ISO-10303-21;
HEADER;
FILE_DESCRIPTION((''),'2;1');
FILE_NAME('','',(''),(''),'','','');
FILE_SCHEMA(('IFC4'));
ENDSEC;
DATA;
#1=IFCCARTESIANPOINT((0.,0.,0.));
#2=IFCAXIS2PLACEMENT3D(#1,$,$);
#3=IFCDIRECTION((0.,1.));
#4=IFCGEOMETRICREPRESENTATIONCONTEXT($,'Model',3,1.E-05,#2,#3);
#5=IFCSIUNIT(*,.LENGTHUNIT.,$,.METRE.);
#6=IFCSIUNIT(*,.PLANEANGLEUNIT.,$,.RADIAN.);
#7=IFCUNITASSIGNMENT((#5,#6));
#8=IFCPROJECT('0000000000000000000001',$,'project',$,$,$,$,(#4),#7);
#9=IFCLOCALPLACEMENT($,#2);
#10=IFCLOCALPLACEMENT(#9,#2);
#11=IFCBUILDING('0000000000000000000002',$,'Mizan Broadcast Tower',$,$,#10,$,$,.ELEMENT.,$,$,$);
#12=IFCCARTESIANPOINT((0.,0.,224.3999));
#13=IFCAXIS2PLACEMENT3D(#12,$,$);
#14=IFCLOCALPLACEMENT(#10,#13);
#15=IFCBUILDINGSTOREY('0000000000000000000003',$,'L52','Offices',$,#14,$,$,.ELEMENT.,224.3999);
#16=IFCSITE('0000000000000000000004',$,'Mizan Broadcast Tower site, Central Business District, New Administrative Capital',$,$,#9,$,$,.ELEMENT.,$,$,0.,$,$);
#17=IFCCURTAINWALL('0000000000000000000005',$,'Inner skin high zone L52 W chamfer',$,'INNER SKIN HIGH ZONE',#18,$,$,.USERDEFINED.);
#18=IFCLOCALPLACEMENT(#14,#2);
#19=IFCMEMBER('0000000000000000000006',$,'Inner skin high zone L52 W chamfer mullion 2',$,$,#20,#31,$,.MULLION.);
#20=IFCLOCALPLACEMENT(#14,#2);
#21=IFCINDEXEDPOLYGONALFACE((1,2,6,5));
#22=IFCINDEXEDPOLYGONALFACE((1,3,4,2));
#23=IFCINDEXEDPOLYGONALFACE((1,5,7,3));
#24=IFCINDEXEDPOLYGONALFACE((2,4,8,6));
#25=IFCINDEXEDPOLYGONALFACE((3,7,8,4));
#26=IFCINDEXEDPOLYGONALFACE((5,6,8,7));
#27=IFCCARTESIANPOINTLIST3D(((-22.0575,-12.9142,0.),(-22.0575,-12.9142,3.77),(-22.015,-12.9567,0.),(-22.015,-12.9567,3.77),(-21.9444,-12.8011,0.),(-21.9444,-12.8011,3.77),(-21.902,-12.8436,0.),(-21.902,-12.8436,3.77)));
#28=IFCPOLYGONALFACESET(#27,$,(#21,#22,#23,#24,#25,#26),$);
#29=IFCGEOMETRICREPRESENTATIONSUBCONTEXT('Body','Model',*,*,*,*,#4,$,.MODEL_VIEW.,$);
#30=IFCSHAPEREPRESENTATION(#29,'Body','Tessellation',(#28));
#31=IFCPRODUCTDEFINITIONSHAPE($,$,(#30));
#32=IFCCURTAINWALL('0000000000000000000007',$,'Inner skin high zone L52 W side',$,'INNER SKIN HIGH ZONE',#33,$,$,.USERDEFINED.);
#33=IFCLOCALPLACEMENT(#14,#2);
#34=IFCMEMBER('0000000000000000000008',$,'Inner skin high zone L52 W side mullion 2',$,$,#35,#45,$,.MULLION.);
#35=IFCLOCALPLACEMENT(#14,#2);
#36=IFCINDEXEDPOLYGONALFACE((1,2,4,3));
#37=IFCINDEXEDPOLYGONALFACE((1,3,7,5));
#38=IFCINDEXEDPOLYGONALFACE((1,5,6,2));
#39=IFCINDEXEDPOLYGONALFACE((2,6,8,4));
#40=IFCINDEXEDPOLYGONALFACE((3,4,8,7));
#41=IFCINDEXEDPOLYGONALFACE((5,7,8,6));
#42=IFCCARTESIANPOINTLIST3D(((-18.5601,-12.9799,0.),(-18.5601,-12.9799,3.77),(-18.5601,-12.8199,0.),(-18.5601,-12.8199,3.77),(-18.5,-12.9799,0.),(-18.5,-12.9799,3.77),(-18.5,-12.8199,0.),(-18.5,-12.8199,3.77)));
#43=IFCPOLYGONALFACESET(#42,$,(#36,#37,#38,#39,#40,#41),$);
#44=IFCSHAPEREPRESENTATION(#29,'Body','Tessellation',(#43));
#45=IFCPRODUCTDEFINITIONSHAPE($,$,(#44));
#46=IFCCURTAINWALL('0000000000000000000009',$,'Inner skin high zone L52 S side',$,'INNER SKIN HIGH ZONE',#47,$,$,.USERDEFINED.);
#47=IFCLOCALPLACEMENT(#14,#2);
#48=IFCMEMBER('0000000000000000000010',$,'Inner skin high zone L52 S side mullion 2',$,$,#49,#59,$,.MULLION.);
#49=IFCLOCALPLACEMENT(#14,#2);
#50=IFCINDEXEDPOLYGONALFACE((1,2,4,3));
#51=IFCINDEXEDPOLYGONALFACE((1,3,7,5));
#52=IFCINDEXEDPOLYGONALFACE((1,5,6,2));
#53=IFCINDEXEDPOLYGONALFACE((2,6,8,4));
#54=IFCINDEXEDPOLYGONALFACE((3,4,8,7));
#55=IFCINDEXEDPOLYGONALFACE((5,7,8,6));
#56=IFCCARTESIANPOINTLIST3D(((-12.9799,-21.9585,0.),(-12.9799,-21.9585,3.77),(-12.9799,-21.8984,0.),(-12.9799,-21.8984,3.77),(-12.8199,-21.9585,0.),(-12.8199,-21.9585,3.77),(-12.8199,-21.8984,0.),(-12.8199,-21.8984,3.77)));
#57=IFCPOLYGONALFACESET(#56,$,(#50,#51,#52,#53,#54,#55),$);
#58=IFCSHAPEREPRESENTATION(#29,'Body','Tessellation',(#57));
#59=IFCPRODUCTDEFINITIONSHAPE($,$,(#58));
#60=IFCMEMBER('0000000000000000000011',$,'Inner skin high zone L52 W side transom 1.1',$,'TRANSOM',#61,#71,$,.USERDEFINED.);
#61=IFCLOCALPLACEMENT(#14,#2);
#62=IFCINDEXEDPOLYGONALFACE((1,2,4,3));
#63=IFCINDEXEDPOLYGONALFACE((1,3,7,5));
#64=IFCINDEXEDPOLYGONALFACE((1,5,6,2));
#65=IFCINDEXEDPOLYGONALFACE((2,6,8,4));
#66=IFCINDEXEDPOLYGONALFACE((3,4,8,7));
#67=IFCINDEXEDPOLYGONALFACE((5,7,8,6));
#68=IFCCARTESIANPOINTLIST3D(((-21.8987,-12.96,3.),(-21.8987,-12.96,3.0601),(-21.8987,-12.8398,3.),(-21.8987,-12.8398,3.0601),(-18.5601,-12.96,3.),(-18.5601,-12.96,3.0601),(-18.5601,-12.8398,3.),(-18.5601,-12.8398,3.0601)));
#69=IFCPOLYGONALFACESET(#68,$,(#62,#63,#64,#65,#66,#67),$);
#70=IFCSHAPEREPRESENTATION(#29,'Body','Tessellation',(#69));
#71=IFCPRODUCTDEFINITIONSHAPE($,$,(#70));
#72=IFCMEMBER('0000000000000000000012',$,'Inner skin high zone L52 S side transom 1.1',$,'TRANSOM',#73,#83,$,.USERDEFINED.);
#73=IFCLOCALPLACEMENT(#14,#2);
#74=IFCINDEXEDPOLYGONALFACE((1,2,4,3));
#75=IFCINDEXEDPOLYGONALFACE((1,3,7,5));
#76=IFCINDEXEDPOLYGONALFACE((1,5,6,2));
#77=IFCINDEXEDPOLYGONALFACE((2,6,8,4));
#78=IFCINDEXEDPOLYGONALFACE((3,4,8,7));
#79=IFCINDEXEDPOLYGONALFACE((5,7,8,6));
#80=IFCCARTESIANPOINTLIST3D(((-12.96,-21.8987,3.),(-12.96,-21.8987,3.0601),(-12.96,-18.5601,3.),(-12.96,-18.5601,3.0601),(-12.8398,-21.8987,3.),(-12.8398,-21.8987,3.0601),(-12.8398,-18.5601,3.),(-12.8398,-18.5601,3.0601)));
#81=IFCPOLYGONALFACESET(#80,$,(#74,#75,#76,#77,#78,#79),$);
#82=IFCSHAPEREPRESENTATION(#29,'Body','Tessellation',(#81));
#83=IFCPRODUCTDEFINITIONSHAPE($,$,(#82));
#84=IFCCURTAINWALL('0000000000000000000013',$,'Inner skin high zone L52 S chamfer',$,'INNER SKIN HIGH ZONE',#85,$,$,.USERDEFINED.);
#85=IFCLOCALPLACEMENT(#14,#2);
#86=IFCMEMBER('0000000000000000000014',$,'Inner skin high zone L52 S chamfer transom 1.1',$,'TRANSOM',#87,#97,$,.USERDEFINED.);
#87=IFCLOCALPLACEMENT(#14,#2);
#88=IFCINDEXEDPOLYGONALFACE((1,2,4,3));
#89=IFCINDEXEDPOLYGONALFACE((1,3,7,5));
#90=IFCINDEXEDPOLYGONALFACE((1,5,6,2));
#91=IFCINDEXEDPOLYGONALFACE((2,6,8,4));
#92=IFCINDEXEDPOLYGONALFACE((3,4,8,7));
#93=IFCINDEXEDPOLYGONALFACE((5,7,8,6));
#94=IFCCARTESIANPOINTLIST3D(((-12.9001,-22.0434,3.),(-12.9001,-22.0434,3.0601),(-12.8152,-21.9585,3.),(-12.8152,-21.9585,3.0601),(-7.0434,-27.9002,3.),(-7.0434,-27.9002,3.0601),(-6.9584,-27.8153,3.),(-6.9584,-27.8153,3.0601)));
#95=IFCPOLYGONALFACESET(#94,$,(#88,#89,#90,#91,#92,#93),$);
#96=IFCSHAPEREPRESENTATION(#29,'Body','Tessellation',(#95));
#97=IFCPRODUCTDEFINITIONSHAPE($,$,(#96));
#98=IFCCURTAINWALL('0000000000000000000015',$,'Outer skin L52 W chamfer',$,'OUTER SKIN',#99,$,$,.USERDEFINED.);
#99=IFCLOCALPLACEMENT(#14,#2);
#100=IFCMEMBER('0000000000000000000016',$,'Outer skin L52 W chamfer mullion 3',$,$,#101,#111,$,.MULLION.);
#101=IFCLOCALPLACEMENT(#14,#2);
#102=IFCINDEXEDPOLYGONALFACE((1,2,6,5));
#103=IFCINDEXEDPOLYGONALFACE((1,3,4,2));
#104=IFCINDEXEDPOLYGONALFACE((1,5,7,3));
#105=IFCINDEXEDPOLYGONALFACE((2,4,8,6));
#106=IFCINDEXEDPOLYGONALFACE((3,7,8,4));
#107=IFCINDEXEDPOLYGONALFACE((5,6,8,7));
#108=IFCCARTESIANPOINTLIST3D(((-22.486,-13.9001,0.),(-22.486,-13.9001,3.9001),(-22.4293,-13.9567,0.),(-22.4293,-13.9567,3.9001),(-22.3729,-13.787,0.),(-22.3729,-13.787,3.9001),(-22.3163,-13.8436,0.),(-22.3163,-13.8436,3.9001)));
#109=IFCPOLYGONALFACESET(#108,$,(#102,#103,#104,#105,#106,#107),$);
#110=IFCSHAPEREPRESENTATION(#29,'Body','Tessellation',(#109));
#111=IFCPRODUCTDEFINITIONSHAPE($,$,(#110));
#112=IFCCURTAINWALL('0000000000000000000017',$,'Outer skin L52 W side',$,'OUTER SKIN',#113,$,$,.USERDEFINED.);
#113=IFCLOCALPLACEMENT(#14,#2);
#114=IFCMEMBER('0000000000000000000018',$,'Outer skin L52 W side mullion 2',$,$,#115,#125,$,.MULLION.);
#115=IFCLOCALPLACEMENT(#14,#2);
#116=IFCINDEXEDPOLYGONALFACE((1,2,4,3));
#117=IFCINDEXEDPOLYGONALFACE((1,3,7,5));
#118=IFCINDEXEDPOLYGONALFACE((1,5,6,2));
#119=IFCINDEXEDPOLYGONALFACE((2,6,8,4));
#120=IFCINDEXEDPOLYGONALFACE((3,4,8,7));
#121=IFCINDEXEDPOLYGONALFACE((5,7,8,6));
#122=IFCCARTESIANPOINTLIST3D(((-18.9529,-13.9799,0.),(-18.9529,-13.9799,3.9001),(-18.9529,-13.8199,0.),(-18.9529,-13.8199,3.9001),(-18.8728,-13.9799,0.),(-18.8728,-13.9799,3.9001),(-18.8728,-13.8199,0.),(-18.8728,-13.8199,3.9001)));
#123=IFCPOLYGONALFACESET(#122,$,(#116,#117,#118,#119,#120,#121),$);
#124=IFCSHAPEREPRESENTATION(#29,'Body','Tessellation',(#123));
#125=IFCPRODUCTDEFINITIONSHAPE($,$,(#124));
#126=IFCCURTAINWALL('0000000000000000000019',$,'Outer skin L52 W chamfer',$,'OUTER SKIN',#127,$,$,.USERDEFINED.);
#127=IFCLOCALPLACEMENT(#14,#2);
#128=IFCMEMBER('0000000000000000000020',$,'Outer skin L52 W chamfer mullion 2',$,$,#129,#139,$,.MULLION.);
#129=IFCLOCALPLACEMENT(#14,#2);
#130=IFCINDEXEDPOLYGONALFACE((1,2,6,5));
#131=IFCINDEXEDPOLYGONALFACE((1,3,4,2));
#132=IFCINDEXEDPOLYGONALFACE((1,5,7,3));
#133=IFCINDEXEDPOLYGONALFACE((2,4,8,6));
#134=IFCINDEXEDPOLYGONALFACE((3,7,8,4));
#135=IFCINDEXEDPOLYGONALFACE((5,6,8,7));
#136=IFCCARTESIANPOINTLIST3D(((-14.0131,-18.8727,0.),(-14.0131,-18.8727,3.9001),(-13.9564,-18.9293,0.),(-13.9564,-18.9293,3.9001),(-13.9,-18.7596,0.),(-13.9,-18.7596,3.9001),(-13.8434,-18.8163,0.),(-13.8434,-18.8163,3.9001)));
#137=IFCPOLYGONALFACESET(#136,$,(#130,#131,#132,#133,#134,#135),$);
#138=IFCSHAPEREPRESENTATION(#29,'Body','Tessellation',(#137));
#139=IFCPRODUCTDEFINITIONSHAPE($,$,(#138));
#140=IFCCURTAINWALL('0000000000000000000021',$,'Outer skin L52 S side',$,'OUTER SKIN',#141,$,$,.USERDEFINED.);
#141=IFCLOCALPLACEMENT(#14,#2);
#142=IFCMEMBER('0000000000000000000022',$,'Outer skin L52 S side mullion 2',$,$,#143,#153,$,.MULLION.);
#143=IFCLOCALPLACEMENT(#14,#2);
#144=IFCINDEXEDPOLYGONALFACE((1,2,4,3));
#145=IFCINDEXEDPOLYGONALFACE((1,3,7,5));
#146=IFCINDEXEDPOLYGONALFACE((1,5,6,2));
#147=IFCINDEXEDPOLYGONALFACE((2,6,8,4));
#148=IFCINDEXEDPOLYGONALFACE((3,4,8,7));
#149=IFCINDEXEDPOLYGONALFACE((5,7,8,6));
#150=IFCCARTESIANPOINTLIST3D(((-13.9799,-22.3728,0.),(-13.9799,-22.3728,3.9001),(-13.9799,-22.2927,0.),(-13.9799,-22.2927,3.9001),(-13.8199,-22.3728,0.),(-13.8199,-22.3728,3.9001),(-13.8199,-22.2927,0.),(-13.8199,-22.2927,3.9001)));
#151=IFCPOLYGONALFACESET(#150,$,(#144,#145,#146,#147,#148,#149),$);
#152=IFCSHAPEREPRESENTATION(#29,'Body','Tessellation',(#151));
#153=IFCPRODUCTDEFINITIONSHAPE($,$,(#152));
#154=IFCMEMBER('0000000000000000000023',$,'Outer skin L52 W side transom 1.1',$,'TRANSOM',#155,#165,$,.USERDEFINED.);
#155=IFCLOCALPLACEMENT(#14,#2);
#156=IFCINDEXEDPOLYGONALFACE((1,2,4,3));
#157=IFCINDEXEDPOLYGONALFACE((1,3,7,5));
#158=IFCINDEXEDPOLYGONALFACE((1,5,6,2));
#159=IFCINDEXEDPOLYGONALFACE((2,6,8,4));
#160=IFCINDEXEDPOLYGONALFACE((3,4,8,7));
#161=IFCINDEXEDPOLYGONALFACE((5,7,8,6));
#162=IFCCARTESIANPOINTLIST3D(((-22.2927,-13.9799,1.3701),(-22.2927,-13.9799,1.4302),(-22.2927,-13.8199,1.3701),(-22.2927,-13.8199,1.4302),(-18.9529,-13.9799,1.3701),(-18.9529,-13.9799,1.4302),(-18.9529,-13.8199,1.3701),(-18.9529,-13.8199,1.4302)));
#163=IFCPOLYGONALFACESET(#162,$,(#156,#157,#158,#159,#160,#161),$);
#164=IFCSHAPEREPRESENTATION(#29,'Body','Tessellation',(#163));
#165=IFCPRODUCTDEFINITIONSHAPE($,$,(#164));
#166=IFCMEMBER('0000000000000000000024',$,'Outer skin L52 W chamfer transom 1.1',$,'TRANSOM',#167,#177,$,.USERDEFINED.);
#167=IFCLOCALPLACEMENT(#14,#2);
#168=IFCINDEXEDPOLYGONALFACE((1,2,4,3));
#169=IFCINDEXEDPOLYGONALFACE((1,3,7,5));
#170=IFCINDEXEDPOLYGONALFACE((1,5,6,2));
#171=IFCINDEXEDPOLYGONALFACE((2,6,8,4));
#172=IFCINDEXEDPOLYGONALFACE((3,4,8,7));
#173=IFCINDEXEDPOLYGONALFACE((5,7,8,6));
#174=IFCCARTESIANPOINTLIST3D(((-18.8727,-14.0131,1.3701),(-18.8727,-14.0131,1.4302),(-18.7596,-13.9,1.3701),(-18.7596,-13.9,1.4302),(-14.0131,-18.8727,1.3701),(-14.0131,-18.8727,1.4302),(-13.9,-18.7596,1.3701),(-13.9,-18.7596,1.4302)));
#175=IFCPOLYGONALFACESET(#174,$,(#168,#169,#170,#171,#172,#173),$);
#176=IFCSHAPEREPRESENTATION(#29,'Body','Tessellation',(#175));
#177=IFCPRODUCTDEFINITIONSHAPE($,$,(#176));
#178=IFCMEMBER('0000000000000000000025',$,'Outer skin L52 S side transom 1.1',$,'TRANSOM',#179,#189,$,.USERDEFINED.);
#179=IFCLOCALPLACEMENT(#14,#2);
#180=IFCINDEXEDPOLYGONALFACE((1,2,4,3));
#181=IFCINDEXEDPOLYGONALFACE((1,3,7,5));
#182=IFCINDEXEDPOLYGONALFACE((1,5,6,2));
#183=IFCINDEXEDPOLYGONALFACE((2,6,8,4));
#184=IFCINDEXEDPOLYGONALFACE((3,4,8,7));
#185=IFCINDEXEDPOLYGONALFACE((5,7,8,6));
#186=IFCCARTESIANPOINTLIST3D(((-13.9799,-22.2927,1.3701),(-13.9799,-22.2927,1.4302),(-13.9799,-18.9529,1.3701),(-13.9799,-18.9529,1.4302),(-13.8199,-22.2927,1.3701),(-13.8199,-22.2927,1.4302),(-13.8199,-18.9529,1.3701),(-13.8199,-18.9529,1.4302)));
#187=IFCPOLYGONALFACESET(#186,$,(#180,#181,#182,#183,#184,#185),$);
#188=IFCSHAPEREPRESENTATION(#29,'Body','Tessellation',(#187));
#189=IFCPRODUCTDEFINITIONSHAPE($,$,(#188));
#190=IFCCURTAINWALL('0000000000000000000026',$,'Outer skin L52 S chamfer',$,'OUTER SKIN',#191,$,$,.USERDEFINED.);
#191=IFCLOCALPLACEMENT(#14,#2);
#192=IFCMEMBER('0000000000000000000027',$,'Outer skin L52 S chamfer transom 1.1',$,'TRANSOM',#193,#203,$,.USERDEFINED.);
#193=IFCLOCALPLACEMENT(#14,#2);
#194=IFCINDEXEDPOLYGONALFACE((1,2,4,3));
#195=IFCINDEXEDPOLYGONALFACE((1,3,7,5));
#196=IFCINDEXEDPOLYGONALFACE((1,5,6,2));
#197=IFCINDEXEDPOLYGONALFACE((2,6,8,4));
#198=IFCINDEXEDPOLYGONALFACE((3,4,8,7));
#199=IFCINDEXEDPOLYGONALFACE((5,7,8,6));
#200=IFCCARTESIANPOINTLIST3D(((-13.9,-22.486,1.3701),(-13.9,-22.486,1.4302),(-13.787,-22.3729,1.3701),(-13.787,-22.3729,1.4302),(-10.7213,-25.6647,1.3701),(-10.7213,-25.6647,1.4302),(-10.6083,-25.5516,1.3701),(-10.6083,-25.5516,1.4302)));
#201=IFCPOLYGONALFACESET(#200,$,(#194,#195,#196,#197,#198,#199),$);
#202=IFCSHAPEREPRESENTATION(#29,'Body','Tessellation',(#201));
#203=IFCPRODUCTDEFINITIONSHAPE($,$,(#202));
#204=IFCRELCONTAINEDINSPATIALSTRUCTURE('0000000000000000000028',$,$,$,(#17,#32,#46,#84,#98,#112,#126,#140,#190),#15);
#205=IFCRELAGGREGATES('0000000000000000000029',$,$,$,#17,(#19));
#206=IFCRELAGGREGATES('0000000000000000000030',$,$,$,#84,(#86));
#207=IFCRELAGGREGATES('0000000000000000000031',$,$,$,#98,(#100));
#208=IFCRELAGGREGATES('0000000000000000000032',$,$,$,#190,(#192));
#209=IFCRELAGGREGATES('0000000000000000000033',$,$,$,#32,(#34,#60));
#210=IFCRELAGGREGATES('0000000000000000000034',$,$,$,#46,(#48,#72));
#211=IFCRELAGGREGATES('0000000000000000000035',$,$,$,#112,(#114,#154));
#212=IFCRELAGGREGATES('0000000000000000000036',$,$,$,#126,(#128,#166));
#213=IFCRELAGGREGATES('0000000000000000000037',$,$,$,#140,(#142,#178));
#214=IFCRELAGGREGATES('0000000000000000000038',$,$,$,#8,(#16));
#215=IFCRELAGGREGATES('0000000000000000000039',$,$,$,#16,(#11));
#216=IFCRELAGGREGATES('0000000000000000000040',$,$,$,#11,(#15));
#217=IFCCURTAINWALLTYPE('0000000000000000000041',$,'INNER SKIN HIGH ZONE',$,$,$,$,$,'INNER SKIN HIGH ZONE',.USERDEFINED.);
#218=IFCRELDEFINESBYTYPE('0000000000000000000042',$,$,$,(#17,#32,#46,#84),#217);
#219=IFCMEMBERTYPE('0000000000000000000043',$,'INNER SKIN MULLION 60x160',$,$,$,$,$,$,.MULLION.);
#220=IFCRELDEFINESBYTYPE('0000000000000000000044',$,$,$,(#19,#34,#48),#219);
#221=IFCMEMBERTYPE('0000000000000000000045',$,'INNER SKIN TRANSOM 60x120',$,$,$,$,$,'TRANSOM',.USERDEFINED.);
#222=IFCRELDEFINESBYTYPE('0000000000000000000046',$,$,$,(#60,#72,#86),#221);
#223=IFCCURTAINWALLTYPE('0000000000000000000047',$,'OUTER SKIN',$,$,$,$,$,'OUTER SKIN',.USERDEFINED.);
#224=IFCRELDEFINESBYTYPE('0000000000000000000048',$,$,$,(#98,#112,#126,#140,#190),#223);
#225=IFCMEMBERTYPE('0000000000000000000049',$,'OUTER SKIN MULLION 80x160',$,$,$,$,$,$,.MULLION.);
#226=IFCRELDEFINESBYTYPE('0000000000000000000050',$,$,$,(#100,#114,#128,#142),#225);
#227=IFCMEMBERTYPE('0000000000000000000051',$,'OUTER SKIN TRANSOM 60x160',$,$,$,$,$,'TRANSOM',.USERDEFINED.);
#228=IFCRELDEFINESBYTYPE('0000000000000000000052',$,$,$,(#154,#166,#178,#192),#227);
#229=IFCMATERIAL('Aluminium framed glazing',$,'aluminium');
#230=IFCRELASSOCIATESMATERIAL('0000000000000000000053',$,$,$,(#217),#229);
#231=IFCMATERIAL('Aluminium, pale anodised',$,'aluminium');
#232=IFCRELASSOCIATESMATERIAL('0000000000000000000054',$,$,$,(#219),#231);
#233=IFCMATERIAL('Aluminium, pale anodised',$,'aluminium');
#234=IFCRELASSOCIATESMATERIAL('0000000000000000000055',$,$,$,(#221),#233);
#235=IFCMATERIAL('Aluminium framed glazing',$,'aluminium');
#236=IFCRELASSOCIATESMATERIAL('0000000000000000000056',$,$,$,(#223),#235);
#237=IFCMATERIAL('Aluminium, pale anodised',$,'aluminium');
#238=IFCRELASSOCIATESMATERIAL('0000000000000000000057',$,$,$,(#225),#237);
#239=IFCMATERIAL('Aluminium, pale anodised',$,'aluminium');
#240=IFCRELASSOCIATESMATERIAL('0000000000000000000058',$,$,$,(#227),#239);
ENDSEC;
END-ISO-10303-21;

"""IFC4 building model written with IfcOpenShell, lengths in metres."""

from ifc_helpers import new_model, si_unit, direction, frame, origin, origin_2d, place, context, subcontext, project, spatial, rectangle, extrude, material, material_profile, profile_set, type_object, element, aggregate, save


model = new_model("IFC4")

# Units and contexts
model_context = context("Model", 3, precision=1e-05, world=origin(), true_north=direction((0.0, 1.0)))
body_context = subcontext(model_context, "Body", "Model", "MODEL_VIEW")
ifc_project = project(units=[si_unit("LENGTHUNIT", "METRE"), si_unit("PLANEANGLEUNIT", "RADIAN")], contexts=[model_context])

# Site, building, storey
site_placement = place(None, origin())
site = spatial("IfcSite", under=ifc_project, at=site_placement, Name="Mizan Broadcast Tower site, Central Business District, New Administrative Capital", CompositionType="ELEMENT", RefElevation=0.0)
building_placement = place(site_placement, origin())
building = spatial("IfcBuilding", under=site, at=building_placement, Name="Mizan Broadcast Tower", CompositionType="ELEMENT")
storey_placement = place(building_placement, frame((0.0, 0.0, 224.3999)))
storey = spatial("IfcBuildingStorey", under=building, at=storey_placement, Name="L52", Description="Offices", CompositionType="ELEMENT", Elevation=224.3999)

# Curtain walls, members
ifc_material_1 = material(Name="Aluminium framed glazing", Category="aluminium")
curtain_wall_type_1 = type_object("IfcCurtainWallType", Name="INNER SKIN HIGH ZONE", ElementType="INNER SKIN HIGH ZONE", PredefinedType="USERDEFINED", material=ifc_material_1)
curtain_wall_1_placement = place(storey_placement, origin())
curtain_wall_1 = element("IfcCurtainWall", 1, at=curtain_wall_1_placement, inside=storey, type_object=curtain_wall_type_1, Name="Inner skin high zone L52 W chamfer", ObjectType="INNER SKIN HIGH ZONE", PredefinedType="USERDEFINED")
ifc_material_2 = material(Name="Aluminium, pale anodised", Category="aluminium")
ifc_material_profile_1 = material_profile(ifc_material_2, rectangle(XDim=0.1599, YDim=0.0601, at=origin_2d()), Name="MULLION 160x60")
ifc_profile_set_1 = profile_set([ifc_material_profile_1], Name="Aluminium, pale anodised")
member_type_1 = type_object("IfcMemberType", Name="INNER SKIN MULLION 60x160", PredefinedType="MULLION", material=ifc_profile_set_1)
member_1_placement = place(storey_placement, frame((-21.9797, -12.8789, 0.0), z_axis=(0.0, 0.0, 1.0), x_axis=(0.707107, 0.707107, 0.0)))
member_1 = element("IfcMember", 2, at=member_1_placement, type_object=member_type_1, Name="Inner skin high zone L52 W chamfer mullion 2", PredefinedType="MULLION", context=body_context, shape_type="SweptSolid", body=[
    extrude(rectangle(XDim=0.1599, YDim=0.0601, at=origin_2d()), origin(), (0.0, 0.0, 1.0), 3.77),
])
aggregate(curtain_wall_1, [member_1])
curtain_wall_2_placement = place(storey_placement, origin())
curtain_wall_2 = element("IfcCurtainWall", 3, at=curtain_wall_2_placement, inside=storey, type_object=curtain_wall_type_1, Name="Inner skin high zone L52 W side", ObjectType="INNER SKIN HIGH ZONE", PredefinedType="USERDEFINED")
member_2_placement = place(storey_placement, frame((-18.53, -12.8999, 0.0), z_axis=(0.0, 0.0, 1.0), x_axis=(0.0, 1.0, 0.0)))
member_2 = element("IfcMember", 4, at=member_2_placement, type_object=member_type_1, Name="Inner skin high zone L52 W side mullion 2", PredefinedType="MULLION", context=body_context, shape_type="SweptSolid", body=[
    extrude(rectangle(XDim=0.1599, YDim=0.0601, at=origin_2d()), origin(), (0.0, 0.0, 1.0), 3.77),
])
curtain_wall_3_placement = place(storey_placement, origin())
curtain_wall_3 = element("IfcCurtainWall", 5, at=curtain_wall_3_placement, inside=storey, type_object=curtain_wall_type_1, Name="Inner skin high zone L52 S side", ObjectType="INNER SKIN HIGH ZONE", PredefinedType="USERDEFINED")
member_3_placement = place(storey_placement, frame((-12.8999, -21.9285, 0.0), z_axis=(0.0, 0.0, 1.0), x_axis=(1.0, 0.0, 0.0)))
member_3 = element("IfcMember", 6, at=member_3_placement, type_object=member_type_1, Name="Inner skin high zone L52 S side mullion 2", PredefinedType="MULLION", context=body_context, shape_type="SweptSolid", body=[
    extrude(rectangle(XDim=0.1599, YDim=0.0601, at=origin_2d()), origin(), (0.0, 0.0, 1.0), 3.77),
])

# Members
ifc_material_3 = material(Name="Aluminium, pale anodised", Category="aluminium")
ifc_material_profile_2 = material_profile(ifc_material_3, rectangle(XDim=0.1201, YDim=0.0601, at=origin_2d()), Name="TRANSOM 120x60")
ifc_profile_set_2 = profile_set([ifc_material_profile_2], Name="Aluminium, pale anodised")
member_type_2 = type_object("IfcMemberType", Name="INNER SKIN TRANSOM 60x120", ElementType="TRANSOM", PredefinedType="USERDEFINED", material=ifc_profile_set_2)
member_4_placement = place(storey_placement, frame((-21.8987, -12.8999, 3.03), z_axis=(1.0, 0.0, 0.0), x_axis=(0.0, 1.0, 0.0)))
member_4 = element("IfcMember", 7, at=member_4_placement, type_object=member_type_2, Name="Inner skin high zone L52 W side transom 1.1", ObjectType="TRANSOM", PredefinedType="USERDEFINED", context=body_context, shape_type="SweptSolid", body=[
    extrude(rectangle(XDim=0.1201, YDim=0.0601, at=origin_2d()), origin(), (0.0, 0.0, 1.0), 3.3386),
])
member_5_placement = place(storey_placement, frame((-12.8999, -18.5601, 3.03), z_axis=(0.0, -1.0, 0.0), x_axis=(1.0, 0.0, 0.0)))
member_5 = element("IfcMember", 8, at=member_5_placement, type_object=member_type_2, Name="Inner skin high zone L52 S side transom 1.1", ObjectType="TRANSOM", PredefinedType="USERDEFINED", context=body_context, shape_type="SweptSolid", body=[
    extrude(rectangle(XDim=0.1201, YDim=0.0601, at=origin_2d()), origin(), (0.0, 0.0, 1.0), 3.3386),
])

# Curtain walls, members
curtain_wall_4_placement = place(storey_placement, origin())
curtain_wall_4 = element("IfcCurtainWall", 9, at=curtain_wall_4_placement, inside=storey, type_object=curtain_wall_type_1, Name="Inner skin high zone L52 S chamfer", ObjectType="INNER SKIN HIGH ZONE", PredefinedType="USERDEFINED")
member_6_placement = place(storey_placement, frame((-12.8577, -22.001, 3.03), z_axis=(0.707107, -0.707107, 0.0), x_axis=(0.707107, 0.707107, 0.0)))
member_6 = element("IfcMember", 10, at=member_6_placement, type_object=member_type_2, Name="Inner skin high zone L52 S chamfer transom 1.1", ObjectType="TRANSOM", PredefinedType="USERDEFINED", context=body_context, shape_type="SweptSolid", body=[
    extrude(rectangle(XDim=0.1201, YDim=0.0601, at=origin_2d()), origin(), (0.0, 0.0, 1.0), 8.2827),
])
aggregate(curtain_wall_4, [member_6])
ifc_material_4 = material(Name="Aluminium framed glazing", Category="aluminium")
curtain_wall_type_2 = type_object("IfcCurtainWallType", Name="OUTER SKIN", ElementType="OUTER SKIN", PredefinedType="USERDEFINED", material=ifc_material_4)
curtain_wall_5_placement = place(storey_placement, origin())
curtain_wall_5 = element("IfcCurtainWall", 11, at=curtain_wall_5_placement, inside=storey, type_object=curtain_wall_type_2, Name="Outer skin L52 W chamfer", ObjectType="OUTER SKIN", PredefinedType="USERDEFINED")
ifc_material_5 = material(Name="Aluminium, pale anodised", Category="aluminium")
ifc_material_profile_3 = material_profile(ifc_material_5, rectangle(XDim=0.1599, YDim=0.0801, at=origin_2d()), Name="MULLION 160x80")
ifc_profile_set_3 = profile_set([ifc_material_profile_3], Name="Aluminium, pale anodised")
member_type_3 = type_object("IfcMemberType", Name="OUTER SKIN MULLION 80x160", PredefinedType="MULLION", material=ifc_profile_set_3)
member_7_placement = place(storey_placement, frame((-22.4011, -13.8718, 0.0), z_axis=(0.0, 0.0, 1.0), x_axis=(0.707107, 0.707107, 0.0)))
member_7 = element("IfcMember", 12, at=member_7_placement, type_object=member_type_3, Name="Outer skin L52 W chamfer mullion 3", PredefinedType="MULLION", context=body_context, shape_type="SweptSolid", body=[
    extrude(rectangle(XDim=0.1599, YDim=0.0801, at=origin_2d()), origin(), (0.0, 0.0, 1.0), 3.9001),
])
aggregate(curtain_wall_5, [member_7])
curtain_wall_6_placement = place(storey_placement, origin())
curtain_wall_6 = element("IfcCurtainWall", 13, at=curtain_wall_6_placement, inside=storey, type_object=curtain_wall_type_2, Name="Outer skin L52 W side", ObjectType="OUTER SKIN", PredefinedType="USERDEFINED")
member_8_placement = place(storey_placement, frame((-18.9128, -13.8999, 0.0), z_axis=(0.0, 0.0, 1.0), x_axis=(0.0, 1.0, 0.0)))
member_8 = element("IfcMember", 14, at=member_8_placement, type_object=member_type_3, Name="Outer skin L52 W side mullion 2", PredefinedType="MULLION", context=body_context, shape_type="SweptSolid", body=[
    extrude(rectangle(XDim=0.1599, YDim=0.0801, at=origin_2d()), origin(), (0.0, 0.0, 1.0), 3.9001),
])
curtain_wall_7_placement = place(storey_placement, origin())
curtain_wall_7 = element("IfcCurtainWall", 15, at=curtain_wall_7_placement, inside=storey, type_object=curtain_wall_type_2, Name="Outer skin L52 W chamfer", ObjectType="OUTER SKIN", PredefinedType="USERDEFINED")
member_9_placement = place(storey_placement, frame((-13.9282, -18.8445, 0.0), z_axis=(0.0, 0.0, 1.0), x_axis=(0.707107, 0.707107, 0.0)))
member_9 = element("IfcMember", 16, at=member_9_placement, type_object=member_type_3, Name="Outer skin L52 W chamfer mullion 2", PredefinedType="MULLION", context=body_context, shape_type="SweptSolid", body=[
    extrude(rectangle(XDim=0.1599, YDim=0.0801, at=origin_2d()), origin(), (0.0, 0.0, 1.0), 3.9001),
])
curtain_wall_8_placement = place(storey_placement, origin())
curtain_wall_8 = element("IfcCurtainWall", 17, at=curtain_wall_8_placement, inside=storey, type_object=curtain_wall_type_2, Name="Outer skin L52 S side", ObjectType="OUTER SKIN", PredefinedType="USERDEFINED")
member_10_placement = place(storey_placement, frame((-13.8999, -22.3328, 0.0), z_axis=(0.0, 0.0, 1.0), x_axis=(1.0, 0.0, 0.0)))
member_10 = element("IfcMember", 18, at=member_10_placement, type_object=member_type_3, Name="Outer skin L52 S side mullion 2", PredefinedType="MULLION", context=body_context, shape_type="SweptSolid", body=[
    extrude(rectangle(XDim=0.1599, YDim=0.0801, at=origin_2d()), origin(), (0.0, 0.0, 1.0), 3.9001),
])

# Members
ifc_material_6 = material(Name="Aluminium, pale anodised", Category="aluminium")
ifc_material_profile_4 = material_profile(ifc_material_6, rectangle(XDim=0.1599, YDim=0.0601, at=origin_2d()), Name="TRANSOM 160x60")
ifc_profile_set_4 = profile_set([ifc_material_profile_4], Name="Aluminium, pale anodised")
member_type_4 = type_object("IfcMemberType", Name="OUTER SKIN TRANSOM 60x160", ElementType="TRANSOM", PredefinedType="USERDEFINED", material=ifc_profile_set_4)
member_11_placement = place(storey_placement, frame((-22.2927, -13.8999, 1.4001), z_axis=(1.0, 0.0, 0.0), x_axis=(0.0, 1.0, 0.0)))
member_11 = element("IfcMember", 19, at=member_11_placement, type_object=member_type_4, Name="Outer skin L52 W side transom 1.1", ObjectType="TRANSOM", PredefinedType="USERDEFINED", context=body_context, shape_type="SweptSolid", body=[
    extrude(rectangle(XDim=0.1599, YDim=0.0601, at=origin_2d()), origin(), (0.0, 0.0, 1.0), 3.3398),
])
member_12_placement = place(storey_placement, frame((-18.8162, -13.9565, 1.4001), z_axis=(0.707107, -0.707107, 0.0), x_axis=(0.707107, 0.707107, 0.0)))
member_12 = element("IfcMember", 20, at=member_12_placement, type_object=member_type_4, Name="Outer skin L52 W chamfer transom 1.1", ObjectType="TRANSOM", PredefinedType="USERDEFINED", context=body_context, shape_type="SweptSolid", body=[
    extrude(rectangle(XDim=0.1599, YDim=0.0601, at=origin_2d()), origin(), (0.0, 0.0, 1.0), 6.8726),
])
member_13_placement = place(storey_placement, frame((-13.8999, -18.9529, 1.4001), z_axis=(0.0, -1.0, 0.0), x_axis=(1.0, 0.0, 0.0)))
member_13 = element("IfcMember", 21, at=member_13_placement, type_object=member_type_4, Name="Outer skin L52 S side transom 1.1", ObjectType="TRANSOM", PredefinedType="USERDEFINED", context=body_context, shape_type="SweptSolid", body=[
    extrude(rectangle(XDim=0.1599, YDim=0.0601, at=origin_2d()), origin(), (0.0, 0.0, 1.0), 3.3398),
])

# Curtain wall, member
curtain_wall_9_placement = place(storey_placement, origin())
curtain_wall_9 = element("IfcCurtainWall", 22, at=curtain_wall_9_placement, inside=storey, type_object=curtain_wall_type_2, Name="Outer skin L52 S chamfer", ObjectType="OUTER SKIN", PredefinedType="USERDEFINED")
member_14_placement = place(storey_placement, frame((-13.8435, -22.4294, 1.4001), z_axis=(0.707107, -0.707107, 0.0), x_axis=(0.707107, 0.707107, 0.0)))
member_14 = element("IfcMember", 23, at=member_14_placement, type_object=member_type_4, Name="Outer skin L52 S chamfer transom 1.1", ObjectType="TRANSOM", PredefinedType="USERDEFINED", context=body_context, shape_type="SweptSolid", body=[
    extrude(rectangle(XDim=0.1599, YDim=0.0601, at=origin_2d()), origin(), (0.0, 0.0, 1.0), 4.4954),
])
aggregate(curtain_wall_9, [member_14])

aggregate(curtain_wall_2, [member_2, member_4])
aggregate(curtain_wall_3, [member_3, member_5])
aggregate(curtain_wall_6, [member_8, member_11])
aggregate(curtain_wall_7, [member_9, member_12])
aggregate(curtain_wall_8, [member_10, member_13])

save(model, "model.ifc")
